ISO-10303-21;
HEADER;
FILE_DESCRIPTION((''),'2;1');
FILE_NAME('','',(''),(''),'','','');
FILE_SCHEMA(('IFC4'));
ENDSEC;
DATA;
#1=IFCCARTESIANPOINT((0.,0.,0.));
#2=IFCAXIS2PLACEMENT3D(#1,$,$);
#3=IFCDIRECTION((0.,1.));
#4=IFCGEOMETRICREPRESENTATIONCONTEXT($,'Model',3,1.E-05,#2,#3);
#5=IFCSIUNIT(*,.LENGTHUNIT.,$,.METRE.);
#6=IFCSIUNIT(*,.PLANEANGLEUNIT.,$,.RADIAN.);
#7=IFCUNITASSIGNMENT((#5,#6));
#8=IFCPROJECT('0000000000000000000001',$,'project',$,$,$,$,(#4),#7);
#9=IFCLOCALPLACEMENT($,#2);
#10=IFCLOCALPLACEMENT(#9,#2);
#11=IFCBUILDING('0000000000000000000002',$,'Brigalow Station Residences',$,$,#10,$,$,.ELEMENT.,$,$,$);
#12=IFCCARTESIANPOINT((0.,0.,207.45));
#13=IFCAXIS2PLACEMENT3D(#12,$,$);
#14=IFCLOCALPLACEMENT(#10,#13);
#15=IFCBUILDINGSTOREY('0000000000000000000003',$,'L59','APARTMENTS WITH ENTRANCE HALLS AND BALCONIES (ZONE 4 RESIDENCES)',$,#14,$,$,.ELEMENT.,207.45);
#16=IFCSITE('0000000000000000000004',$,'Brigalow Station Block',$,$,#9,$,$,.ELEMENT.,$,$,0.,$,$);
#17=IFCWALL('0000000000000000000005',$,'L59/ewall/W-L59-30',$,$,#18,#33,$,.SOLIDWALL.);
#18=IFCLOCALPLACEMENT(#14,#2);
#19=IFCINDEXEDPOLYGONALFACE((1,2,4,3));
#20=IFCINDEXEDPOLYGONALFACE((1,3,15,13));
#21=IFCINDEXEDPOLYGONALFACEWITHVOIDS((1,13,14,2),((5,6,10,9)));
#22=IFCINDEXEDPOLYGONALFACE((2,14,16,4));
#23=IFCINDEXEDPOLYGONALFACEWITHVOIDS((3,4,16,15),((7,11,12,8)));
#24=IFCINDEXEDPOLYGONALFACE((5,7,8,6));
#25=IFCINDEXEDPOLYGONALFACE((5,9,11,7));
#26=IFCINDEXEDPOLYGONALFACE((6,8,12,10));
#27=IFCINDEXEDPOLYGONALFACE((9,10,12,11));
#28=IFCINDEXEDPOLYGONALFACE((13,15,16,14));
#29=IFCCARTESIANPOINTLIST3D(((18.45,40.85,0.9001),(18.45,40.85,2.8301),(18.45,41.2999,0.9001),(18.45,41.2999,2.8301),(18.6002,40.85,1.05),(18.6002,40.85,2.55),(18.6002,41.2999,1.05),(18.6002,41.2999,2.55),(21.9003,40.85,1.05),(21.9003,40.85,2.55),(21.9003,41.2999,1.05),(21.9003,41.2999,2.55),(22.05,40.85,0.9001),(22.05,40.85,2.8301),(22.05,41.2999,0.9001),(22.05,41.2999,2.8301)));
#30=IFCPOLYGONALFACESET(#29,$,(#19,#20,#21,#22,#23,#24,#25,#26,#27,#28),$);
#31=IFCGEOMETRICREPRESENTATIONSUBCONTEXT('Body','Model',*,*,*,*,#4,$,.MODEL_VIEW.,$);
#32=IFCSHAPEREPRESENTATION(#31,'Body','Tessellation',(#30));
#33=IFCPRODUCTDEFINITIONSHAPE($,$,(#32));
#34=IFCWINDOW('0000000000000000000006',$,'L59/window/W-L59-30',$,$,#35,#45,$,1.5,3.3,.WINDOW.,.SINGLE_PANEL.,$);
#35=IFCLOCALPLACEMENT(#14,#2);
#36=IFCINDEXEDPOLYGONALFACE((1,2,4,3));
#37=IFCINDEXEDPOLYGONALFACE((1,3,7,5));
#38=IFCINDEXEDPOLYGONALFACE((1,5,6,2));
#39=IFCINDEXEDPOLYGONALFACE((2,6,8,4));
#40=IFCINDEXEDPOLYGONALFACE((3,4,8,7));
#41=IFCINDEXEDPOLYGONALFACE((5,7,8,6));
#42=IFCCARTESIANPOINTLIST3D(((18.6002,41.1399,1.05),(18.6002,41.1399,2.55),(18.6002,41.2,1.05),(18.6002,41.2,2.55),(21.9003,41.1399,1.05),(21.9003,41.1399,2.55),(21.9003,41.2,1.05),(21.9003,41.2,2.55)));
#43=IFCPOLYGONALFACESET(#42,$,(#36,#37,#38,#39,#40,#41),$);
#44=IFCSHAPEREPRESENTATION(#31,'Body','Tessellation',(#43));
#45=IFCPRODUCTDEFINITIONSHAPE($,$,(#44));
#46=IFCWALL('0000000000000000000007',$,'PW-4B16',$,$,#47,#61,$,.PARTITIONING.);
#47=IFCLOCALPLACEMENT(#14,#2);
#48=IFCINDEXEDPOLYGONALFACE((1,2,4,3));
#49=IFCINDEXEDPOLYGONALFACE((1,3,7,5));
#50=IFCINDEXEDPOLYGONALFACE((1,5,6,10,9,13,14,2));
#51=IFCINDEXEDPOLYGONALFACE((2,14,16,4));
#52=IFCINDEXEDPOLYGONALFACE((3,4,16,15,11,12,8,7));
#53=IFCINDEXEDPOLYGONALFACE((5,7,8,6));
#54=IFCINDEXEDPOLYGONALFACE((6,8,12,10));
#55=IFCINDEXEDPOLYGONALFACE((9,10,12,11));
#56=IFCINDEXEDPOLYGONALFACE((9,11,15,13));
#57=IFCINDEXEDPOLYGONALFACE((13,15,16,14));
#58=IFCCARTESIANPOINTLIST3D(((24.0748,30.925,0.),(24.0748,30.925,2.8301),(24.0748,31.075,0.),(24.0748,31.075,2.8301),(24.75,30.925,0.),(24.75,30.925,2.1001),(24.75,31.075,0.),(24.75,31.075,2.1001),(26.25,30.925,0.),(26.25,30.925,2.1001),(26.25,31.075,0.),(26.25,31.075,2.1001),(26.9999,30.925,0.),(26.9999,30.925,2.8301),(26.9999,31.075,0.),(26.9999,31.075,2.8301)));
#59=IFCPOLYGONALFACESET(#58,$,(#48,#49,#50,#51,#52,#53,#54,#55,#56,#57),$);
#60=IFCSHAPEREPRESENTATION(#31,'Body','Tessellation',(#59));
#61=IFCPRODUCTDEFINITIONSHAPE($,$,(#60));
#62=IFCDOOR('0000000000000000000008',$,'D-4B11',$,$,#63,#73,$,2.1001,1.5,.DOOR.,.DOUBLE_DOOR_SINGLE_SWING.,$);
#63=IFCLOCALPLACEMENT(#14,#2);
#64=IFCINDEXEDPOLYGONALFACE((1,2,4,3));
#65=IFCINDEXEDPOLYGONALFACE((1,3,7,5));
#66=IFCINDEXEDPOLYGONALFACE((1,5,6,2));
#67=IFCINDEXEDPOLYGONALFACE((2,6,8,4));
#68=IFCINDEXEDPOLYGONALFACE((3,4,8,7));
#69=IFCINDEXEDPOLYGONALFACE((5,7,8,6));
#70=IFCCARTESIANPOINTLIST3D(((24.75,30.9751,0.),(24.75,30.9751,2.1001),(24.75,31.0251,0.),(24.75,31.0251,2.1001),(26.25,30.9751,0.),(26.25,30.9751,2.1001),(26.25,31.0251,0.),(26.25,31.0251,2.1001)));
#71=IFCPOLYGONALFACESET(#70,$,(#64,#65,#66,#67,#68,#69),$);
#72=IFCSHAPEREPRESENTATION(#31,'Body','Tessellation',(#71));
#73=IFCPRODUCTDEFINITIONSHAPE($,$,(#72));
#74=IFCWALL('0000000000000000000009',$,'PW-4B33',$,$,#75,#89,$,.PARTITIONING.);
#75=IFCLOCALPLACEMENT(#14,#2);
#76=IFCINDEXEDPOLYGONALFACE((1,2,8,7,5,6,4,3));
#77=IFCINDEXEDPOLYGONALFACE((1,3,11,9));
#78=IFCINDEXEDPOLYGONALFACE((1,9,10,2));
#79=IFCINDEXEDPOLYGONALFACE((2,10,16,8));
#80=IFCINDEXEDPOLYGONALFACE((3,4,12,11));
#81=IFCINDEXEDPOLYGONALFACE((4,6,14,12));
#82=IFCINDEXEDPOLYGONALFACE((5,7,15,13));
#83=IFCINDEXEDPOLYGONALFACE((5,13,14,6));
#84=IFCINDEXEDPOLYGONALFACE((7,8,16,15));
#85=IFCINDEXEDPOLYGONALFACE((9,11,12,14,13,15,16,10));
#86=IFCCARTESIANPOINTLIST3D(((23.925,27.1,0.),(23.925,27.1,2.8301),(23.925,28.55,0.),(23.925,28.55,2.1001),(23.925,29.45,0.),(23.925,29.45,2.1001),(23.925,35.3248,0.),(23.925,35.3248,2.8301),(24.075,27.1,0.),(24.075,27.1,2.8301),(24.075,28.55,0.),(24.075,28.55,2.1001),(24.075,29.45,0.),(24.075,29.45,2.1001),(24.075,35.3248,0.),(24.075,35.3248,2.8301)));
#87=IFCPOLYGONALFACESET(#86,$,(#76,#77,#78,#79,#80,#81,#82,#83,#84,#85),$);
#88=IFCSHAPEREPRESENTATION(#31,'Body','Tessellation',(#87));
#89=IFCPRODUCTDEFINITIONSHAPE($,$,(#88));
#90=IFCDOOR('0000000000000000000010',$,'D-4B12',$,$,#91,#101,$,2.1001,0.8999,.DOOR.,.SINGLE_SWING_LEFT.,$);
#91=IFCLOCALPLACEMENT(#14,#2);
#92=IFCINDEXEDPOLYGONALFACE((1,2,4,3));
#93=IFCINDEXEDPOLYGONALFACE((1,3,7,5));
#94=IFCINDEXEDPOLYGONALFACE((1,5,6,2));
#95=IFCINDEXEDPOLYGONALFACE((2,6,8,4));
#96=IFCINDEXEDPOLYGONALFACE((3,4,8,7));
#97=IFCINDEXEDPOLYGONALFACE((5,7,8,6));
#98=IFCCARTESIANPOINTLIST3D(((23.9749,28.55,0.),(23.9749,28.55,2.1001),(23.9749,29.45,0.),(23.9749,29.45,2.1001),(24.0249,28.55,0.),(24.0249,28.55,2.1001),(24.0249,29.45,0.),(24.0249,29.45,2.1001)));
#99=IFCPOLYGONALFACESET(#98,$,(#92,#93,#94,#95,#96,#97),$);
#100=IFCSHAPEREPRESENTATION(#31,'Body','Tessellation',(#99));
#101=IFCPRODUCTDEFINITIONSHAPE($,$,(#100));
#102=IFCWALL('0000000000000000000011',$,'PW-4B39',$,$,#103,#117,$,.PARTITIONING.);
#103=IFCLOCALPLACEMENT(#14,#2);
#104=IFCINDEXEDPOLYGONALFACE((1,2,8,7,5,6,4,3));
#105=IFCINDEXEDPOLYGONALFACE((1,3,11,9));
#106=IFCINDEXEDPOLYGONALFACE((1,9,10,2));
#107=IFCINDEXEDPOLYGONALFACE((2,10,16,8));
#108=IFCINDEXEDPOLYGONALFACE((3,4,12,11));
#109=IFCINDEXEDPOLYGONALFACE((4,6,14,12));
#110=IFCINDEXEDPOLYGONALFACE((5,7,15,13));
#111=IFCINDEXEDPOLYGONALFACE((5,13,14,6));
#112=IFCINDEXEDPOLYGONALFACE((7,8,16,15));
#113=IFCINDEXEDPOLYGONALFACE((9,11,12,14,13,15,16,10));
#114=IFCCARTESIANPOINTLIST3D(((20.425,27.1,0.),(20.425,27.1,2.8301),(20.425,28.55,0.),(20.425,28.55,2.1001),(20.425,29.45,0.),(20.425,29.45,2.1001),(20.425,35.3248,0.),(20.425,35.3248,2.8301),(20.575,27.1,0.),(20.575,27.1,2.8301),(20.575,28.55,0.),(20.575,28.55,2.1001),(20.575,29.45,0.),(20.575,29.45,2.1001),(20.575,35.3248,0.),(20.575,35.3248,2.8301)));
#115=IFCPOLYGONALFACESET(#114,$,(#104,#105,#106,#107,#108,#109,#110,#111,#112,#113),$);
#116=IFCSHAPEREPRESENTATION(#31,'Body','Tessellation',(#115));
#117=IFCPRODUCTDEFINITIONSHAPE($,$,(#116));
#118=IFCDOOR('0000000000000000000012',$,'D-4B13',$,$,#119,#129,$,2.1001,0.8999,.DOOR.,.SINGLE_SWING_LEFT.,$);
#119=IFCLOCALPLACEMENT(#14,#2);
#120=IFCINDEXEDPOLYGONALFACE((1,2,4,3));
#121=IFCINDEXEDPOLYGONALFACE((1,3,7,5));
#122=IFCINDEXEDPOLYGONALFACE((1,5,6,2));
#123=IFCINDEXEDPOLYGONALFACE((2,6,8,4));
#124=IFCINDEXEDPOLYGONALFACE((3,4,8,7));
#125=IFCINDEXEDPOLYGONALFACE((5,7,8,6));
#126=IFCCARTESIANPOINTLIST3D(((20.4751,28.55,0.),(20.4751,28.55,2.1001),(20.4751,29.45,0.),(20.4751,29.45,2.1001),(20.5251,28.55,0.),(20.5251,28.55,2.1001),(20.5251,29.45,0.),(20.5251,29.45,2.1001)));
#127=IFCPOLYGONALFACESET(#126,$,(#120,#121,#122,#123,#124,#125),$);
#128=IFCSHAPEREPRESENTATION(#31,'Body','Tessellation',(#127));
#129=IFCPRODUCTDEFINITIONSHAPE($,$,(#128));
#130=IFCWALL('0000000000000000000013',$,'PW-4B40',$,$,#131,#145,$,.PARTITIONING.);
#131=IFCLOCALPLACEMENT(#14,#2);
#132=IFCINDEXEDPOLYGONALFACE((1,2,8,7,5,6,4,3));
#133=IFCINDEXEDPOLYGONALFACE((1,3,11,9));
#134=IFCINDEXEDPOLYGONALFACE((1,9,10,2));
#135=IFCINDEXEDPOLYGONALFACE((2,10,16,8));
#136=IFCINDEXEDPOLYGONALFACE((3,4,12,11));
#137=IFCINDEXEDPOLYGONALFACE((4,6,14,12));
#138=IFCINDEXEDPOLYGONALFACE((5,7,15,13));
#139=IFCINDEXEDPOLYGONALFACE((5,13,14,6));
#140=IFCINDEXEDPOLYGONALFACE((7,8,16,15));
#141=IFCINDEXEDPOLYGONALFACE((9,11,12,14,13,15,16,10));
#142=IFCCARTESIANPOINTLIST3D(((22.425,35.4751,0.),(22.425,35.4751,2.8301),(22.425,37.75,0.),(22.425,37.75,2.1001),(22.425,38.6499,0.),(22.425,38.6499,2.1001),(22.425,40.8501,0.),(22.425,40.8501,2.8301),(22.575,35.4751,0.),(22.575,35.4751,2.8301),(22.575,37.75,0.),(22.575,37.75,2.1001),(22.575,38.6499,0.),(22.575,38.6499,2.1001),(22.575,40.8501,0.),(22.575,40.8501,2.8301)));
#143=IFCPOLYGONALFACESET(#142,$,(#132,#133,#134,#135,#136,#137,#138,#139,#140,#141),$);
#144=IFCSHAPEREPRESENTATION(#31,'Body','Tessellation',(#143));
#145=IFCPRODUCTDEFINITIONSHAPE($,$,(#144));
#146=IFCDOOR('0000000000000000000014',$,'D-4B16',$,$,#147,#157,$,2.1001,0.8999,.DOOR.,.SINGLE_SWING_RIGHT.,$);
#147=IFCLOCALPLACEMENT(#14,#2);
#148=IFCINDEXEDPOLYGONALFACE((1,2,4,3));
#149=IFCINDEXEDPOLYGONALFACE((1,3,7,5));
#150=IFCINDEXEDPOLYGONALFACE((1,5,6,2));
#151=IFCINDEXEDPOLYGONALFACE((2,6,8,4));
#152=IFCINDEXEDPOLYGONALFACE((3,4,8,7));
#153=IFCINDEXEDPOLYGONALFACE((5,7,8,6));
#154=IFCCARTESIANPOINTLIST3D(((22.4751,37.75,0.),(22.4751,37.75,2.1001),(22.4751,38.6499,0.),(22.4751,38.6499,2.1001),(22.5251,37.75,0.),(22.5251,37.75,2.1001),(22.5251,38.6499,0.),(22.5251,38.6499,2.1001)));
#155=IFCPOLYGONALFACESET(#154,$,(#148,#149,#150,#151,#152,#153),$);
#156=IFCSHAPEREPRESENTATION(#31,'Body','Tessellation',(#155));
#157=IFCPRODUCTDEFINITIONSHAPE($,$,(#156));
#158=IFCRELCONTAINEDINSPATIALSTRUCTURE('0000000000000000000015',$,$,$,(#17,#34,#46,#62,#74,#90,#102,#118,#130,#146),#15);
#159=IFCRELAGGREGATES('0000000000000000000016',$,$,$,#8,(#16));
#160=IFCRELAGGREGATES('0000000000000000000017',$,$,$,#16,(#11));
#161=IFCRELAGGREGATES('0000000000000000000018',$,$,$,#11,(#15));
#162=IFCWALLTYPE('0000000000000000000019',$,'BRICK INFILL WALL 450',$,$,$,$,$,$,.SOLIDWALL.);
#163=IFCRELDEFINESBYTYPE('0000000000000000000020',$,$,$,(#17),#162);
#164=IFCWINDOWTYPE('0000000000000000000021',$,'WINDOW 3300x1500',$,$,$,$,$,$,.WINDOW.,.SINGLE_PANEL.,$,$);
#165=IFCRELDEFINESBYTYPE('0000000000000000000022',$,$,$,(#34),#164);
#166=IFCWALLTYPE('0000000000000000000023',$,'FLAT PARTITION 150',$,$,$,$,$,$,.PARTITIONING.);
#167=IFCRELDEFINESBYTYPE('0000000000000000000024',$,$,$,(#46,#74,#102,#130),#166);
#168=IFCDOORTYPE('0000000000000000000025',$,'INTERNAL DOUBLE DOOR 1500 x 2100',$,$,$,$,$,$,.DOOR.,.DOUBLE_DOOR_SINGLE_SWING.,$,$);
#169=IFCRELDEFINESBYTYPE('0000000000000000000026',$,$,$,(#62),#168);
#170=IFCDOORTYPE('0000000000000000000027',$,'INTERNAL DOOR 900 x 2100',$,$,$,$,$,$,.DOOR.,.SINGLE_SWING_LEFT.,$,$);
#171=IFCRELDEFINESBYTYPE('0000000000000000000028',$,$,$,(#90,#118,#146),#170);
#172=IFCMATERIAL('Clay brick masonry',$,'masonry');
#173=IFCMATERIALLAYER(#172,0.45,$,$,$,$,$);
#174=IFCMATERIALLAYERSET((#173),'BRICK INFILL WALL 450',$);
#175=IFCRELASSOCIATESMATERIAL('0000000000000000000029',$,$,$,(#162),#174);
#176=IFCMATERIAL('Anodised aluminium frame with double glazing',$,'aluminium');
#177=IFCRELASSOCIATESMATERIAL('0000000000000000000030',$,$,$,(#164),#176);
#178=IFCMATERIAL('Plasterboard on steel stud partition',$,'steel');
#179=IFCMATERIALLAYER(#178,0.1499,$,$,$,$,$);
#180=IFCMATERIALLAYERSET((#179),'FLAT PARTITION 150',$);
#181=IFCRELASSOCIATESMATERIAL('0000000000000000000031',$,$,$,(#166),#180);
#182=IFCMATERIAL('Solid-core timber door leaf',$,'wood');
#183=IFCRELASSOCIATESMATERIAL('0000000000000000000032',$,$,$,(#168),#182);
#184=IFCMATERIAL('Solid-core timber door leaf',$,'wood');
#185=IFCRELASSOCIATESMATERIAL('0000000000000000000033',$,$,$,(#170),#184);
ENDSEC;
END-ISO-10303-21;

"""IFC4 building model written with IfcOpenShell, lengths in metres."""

from ifc_helpers import new_model, si_unit, direction, frame, frame_2d, origin, place, context, subcontext, project, spatial, rectangle, extrude, material, layer, layer_set, type_object, element, fill, save


model = new_model("IFC4")

# Units and contexts
model_context = context("Model", 3, precision=1e-05, world=origin(), true_north=direction((0.0, 1.0)))
body_context = subcontext(model_context, "Body", "Model", "MODEL_VIEW")
ifc_project = project(units=[si_unit("LENGTHUNIT", "METRE"), si_unit("PLANEANGLEUNIT", "RADIAN")], contexts=[model_context])

# Site, building, storey
site_placement = place(None, origin())
site = spatial("IfcSite", under=ifc_project, at=site_placement, Name="Brigalow Station Block", CompositionType="ELEMENT", RefElevation=0.0)
building_placement = place(site_placement, origin())
building = spatial("IfcBuilding", under=site, at=building_placement, Name="Brigalow Station Residences", CompositionType="ELEMENT")
storey_placement = place(building_placement, frame((0.0, 0.0, 207.45)))
storey = spatial("IfcBuildingStorey", under=building, at=storey_placement, Name="L59", Description="APARTMENTS WITH ENTRANCE HALLS AND BALCONIES (ZONE 4 RESIDENCES)", CompositionType="ELEMENT", Elevation=207.45)

# Wall, opening, window
ifc_material_1 = material(Name="Clay brick masonry", Category="masonry")
ifc_layer_1 = layer(ifc_material_1, 0.45)
ifc_layer_set_1 = layer_set([ifc_layer_1], Name="BRICK INFILL WALL 450")
wall_type_1 = type_object("IfcWallType", Name="BRICK INFILL WALL 450", PredefinedType="SOLIDWALL", material=ifc_layer_set_1)
ifc_material_2 = material(Name="Anodised aluminium frame with double glazing", Category="aluminium")
window_type = type_object("IfcWindowType", Name="WINDOW 3300x1500", PartitioningType="SINGLE_PANEL", PredefinedType="WINDOW", material=ifc_material_2)
wall_1_placement = place(storey_placement, frame((22.05, 41.075, 0.9001), z_axis=(0.0, 0.0, 1.0), x_axis=(-1.0, 0.0, 0.0)))
wall_1 = element("IfcWall", 1, at=wall_1_placement, inside=storey, type_object=wall_type_1, Name="L59/ewall/W-L59-30", PredefinedType="SOLIDWALL", context=body_context, shape_type="SweptSolid", body=[
    extrude(rectangle(XDim=3.6001, YDim=0.45, at=frame_2d((1.8, 0.0))), origin(), (0.0, 0.0, 1.0), 1.9299),
])
opening_1_placement = place(wall_1_placement, frame((0.1499, 0.0, 0.1499)))
opening_1 = element("IfcOpeningElement", 2, at=opening_1_placement, cuts=wall_1, PredefinedType="OPENING", context=body_context, shape_type="SweptSolid", body=[
    extrude(rectangle(XDim=3.3, YDim=1.5, at=frame_2d((1.6499, 0.75))), frame((0.0, 0.2349, 0.0), z_axis=(0.0, -1.0, 0.0), x_axis=(1.0, 0.0, 0.0)), (0.0, 0.0, 1.0), 0.47),
])
window_1_placement = place(opening_1_placement, origin())
window_1 = element("IfcWindow", 3, at=window_1_placement, inside=storey, type_object=window_type, Name="L59/window/W-L59-30", OverallHeight=1.5, OverallWidth=3.3, PartitioningType="SINGLE_PANEL", PredefinedType="WINDOW", context=body_context, shape_type="SweptSolid", body=[
    extrude(rectangle(XDim=3.3, YDim=1.5, at=frame_2d((1.6499, 0.75))), frame((0.0, -0.0649, 0.0), z_axis=(0.0, -1.0, 0.0), x_axis=(1.0, 0.0, 0.0)), (0.0, 0.0, 1.0), 0.0601),
])
fill(opening_1, window_1)

# Walls, openings, doors
ifc_material_3 = material(Name="Plasterboard on steel stud partition", Category="steel")
ifc_layer_2 = layer(ifc_material_3, 0.1499)
ifc_layer_set_2 = layer_set([ifc_layer_2], Name="FLAT PARTITION 150")
wall_type_2 = type_object("IfcWallType", Name="FLAT PARTITION 150", PredefinedType="PARTITIONING", material=ifc_layer_set_2)
wall_2_placement = place(storey_placement, frame((24.075, 31.0, 0.0), z_axis=(0.0, 0.0, 1.0), x_axis=(1.0, 0.0, 0.0)))
wall_2 = element("IfcWall", 4, at=wall_2_placement, inside=storey, type_object=wall_type_2, Name="PW-4B16", PredefinedType="PARTITIONING", context=body_context, shape_type="SweptSolid", body=[
    extrude(rectangle(XDim=2.925, YDim=0.1499, at=frame_2d((1.4624, 0.0))), origin(), (0.0, 0.0, 1.0), 2.8301),
])
opening_2_placement = place(wall_2_placement, frame((0.675, 0.0, 0.0)))
opening_2 = element("IfcOpeningElement", 5, at=opening_2_placement, cuts=wall_2, PredefinedType="OPENING", context=body_context, shape_type="SweptSolid", body=[
    extrude(rectangle(XDim=1.5, YDim=2.1001, at=frame_2d((0.75, 1.05))), frame((0.0, 0.085, 0.0), z_axis=(0.0, -1.0, 0.0), x_axis=(1.0, 0.0, 0.0)), (0.0, 0.0, 1.0), 0.1699),
])
ifc_material_4 = material(Name="Solid-core timber door leaf", Category="wood")
door_type_1 = type_object("IfcDoorType", Name="INTERNAL DOUBLE DOOR 1500 x 2100", OperationType="DOUBLE_DOOR_SINGLE_SWING", PredefinedType="DOOR", material=ifc_material_4)
door_1_placement = place(opening_2_placement, frame((1.5, 0.0, 0.0), z_axis=(0.0, 0.0, 1.0), x_axis=(-1.0, 0.0, 0.0)))
door_1 = element("IfcDoor", 6, at=door_1_placement, inside=storey, type_object=door_type_1, Name="D-4B11", OperationType="DOUBLE_DOOR_SINGLE_SWING", OverallHeight=2.1001, OverallWidth=1.5, PredefinedType="DOOR", context=body_context, shape_type="SweptSolid", body=[
    extrude(rectangle(XDim=1.5, YDim=2.1001, at=frame_2d((0.75, 1.05))), frame((0.0, 0.0249, 0.0), z_axis=(0.0, -1.0, 0.0), x_axis=(1.0, 0.0, 0.0)), (0.0, 0.0, 1.0), 0.05),
])
fill(opening_2, door_1)
wall_3_placement = place(storey_placement, frame((24.0, 27.1001, 0.0), z_axis=(0.0, 0.0, 1.0), x_axis=(0.0, 1.0, 0.0)))
wall_3 = element("IfcWall", 7, at=wall_3_placement, inside=storey, type_object=wall_type_2, Name="PW-4B33", PredefinedType="PARTITIONING", context=body_context, shape_type="SweptSolid", body=[
    extrude(rectangle(XDim=8.2249, YDim=0.1499, at=frame_2d((4.1123, 0.0))), origin(), (0.0, 0.0, 1.0), 2.8301),
])
opening_3_placement = place(wall_3_placement, frame((1.45, 0.0, 0.0)))
opening_3 = element("IfcOpeningElement", 8, at=opening_3_placement, cuts=wall_3, PredefinedType="OPENING", context=body_context, shape_type="SweptSolid", body=[
    extrude(rectangle(XDim=0.8999, YDim=2.1001, at=frame_2d((0.45, 1.05))), frame((0.0, 0.085, 0.0), z_axis=(0.0, -1.0, 0.0), x_axis=(1.0, 0.0, 0.0)), (0.0, 0.0, 1.0), 0.1699),
])
ifc_material_5 = material(Name="Solid-core timber door leaf", Category="wood")
door_type_2 = type_object("IfcDoorType", Name="INTERNAL DOOR 900 x 2100", OperationType="SINGLE_SWING_LEFT", PredefinedType="DOOR", material=ifc_material_5)
door_2_placement = place(opening_3_placement, frame((0.8999, 0.0, 0.0), z_axis=(0.0, 0.0, 1.0), x_axis=(-1.0, 0.0, 0.0)))
door_2 = element("IfcDoor", 9, at=door_2_placement, inside=storey, type_object=door_type_2, Name="D-4B12", OperationType="SINGLE_SWING_LEFT", OverallHeight=2.1001, OverallWidth=0.8999, PredefinedType="DOOR", context=body_context, shape_type="SweptSolid", body=[
    extrude(rectangle(XDim=0.8999, YDim=2.1001, at=frame_2d((0.45, 1.05))), frame((0.0, 0.0249, 0.0), z_axis=(0.0, -1.0, 0.0), x_axis=(1.0, 0.0, 0.0)), (0.0, 0.0, 1.0), 0.05),
])
fill(opening_3, door_2)
wall_4_placement = place(storey_placement, frame((20.5, 27.1001, 0.0), z_axis=(0.0, 0.0, 1.0), x_axis=(0.0, 1.0, 0.0)))
wall_4 = element("IfcWall", 10, at=wall_4_placement, inside=storey, type_object=wall_type_2, Name="PW-4B39", PredefinedType="PARTITIONING", context=body_context, shape_type="SweptSolid", body=[
    extrude(rectangle(XDim=8.2249, YDim=0.1499, at=frame_2d((4.1123, 0.0))), origin(), (0.0, 0.0, 1.0), 2.8301),
])
opening_4_placement = place(wall_4_placement, frame((1.45, 0.0, 0.0)))
opening_4 = element("IfcOpeningElement", 11, at=opening_4_placement, cuts=wall_4, PredefinedType="OPENING", context=body_context, shape_type="SweptSolid", body=[
    extrude(rectangle(XDim=0.8999, YDim=2.1001, at=frame_2d((0.45, 1.05))), frame((0.0, 0.085, 0.0), z_axis=(0.0, -1.0, 0.0), x_axis=(1.0, 0.0, 0.0)), (0.0, 0.0, 1.0), 0.1699),
])
door_3_placement = place(opening_4_placement, origin())
door_3 = element("IfcDoor", 12, at=door_3_placement, inside=storey, type_object=door_type_2, Name="D-4B13", OperationType="SINGLE_SWING_LEFT", OverallHeight=2.1001, OverallWidth=0.8999, PredefinedType="DOOR", context=body_context, shape_type="SweptSolid", body=[
    extrude(rectangle(XDim=0.8999, YDim=2.1001, at=frame_2d((0.45, 1.05))), frame((0.0, 0.0249, 0.0), z_axis=(0.0, -1.0, 0.0), x_axis=(1.0, 0.0, 0.0)), (0.0, 0.0, 1.0), 0.05),
])
fill(opening_4, door_3)
wall_5_placement = place(storey_placement, frame((22.5, 35.4751, 0.0), z_axis=(0.0, 0.0, 1.0), x_axis=(0.0, 1.0, 0.0)))
wall_5 = element("IfcWall", 13, at=wall_5_placement, inside=storey, type_object=wall_type_2, Name="PW-4B40", PredefinedType="PARTITIONING", context=body_context, shape_type="SweptSolid", body=[
    extrude(rectangle(XDim=5.375, YDim=0.1499, at=frame_2d((2.6875, 0.0))), origin(), (0.0, 0.0, 1.0), 2.8301),
])
opening_5_placement = place(wall_5_placement, frame((2.2749, 0.0, 0.0)))
opening_5 = element("IfcOpeningElement", 14, at=opening_5_placement, cuts=wall_5, PredefinedType="OPENING", context=body_context, shape_type="SweptSolid", body=[
    extrude(rectangle(XDim=0.8999, YDim=2.1001, at=frame_2d((0.45, 1.05))), frame((0.0, 0.085, 0.0), z_axis=(0.0, -1.0, 0.0), x_axis=(1.0, 0.0, 0.0)), (0.0, 0.0, 1.0), 0.1699),
])
door_4_placement = place(opening_5_placement, origin())
door_4 = element("IfcDoor", 15, at=door_4_placement, inside=storey, type_object=door_type_2, Name="D-4B16", OperationType="SINGLE_SWING_RIGHT", OverallHeight=2.1001, OverallWidth=0.8999, PredefinedType="DOOR", context=body_context, shape_type="SweptSolid", body=[
    extrude(rectangle(XDim=0.8999, YDim=2.1001, at=frame_2d((0.45, 1.05))), frame((0.0, 0.0249, 0.0), z_axis=(0.0, -1.0, 0.0), x_axis=(1.0, 0.0, 0.0)), (0.0, 0.0, 1.0), 0.05),
])
fill(opening_5, door_4)

save(model, "model.ifc")
